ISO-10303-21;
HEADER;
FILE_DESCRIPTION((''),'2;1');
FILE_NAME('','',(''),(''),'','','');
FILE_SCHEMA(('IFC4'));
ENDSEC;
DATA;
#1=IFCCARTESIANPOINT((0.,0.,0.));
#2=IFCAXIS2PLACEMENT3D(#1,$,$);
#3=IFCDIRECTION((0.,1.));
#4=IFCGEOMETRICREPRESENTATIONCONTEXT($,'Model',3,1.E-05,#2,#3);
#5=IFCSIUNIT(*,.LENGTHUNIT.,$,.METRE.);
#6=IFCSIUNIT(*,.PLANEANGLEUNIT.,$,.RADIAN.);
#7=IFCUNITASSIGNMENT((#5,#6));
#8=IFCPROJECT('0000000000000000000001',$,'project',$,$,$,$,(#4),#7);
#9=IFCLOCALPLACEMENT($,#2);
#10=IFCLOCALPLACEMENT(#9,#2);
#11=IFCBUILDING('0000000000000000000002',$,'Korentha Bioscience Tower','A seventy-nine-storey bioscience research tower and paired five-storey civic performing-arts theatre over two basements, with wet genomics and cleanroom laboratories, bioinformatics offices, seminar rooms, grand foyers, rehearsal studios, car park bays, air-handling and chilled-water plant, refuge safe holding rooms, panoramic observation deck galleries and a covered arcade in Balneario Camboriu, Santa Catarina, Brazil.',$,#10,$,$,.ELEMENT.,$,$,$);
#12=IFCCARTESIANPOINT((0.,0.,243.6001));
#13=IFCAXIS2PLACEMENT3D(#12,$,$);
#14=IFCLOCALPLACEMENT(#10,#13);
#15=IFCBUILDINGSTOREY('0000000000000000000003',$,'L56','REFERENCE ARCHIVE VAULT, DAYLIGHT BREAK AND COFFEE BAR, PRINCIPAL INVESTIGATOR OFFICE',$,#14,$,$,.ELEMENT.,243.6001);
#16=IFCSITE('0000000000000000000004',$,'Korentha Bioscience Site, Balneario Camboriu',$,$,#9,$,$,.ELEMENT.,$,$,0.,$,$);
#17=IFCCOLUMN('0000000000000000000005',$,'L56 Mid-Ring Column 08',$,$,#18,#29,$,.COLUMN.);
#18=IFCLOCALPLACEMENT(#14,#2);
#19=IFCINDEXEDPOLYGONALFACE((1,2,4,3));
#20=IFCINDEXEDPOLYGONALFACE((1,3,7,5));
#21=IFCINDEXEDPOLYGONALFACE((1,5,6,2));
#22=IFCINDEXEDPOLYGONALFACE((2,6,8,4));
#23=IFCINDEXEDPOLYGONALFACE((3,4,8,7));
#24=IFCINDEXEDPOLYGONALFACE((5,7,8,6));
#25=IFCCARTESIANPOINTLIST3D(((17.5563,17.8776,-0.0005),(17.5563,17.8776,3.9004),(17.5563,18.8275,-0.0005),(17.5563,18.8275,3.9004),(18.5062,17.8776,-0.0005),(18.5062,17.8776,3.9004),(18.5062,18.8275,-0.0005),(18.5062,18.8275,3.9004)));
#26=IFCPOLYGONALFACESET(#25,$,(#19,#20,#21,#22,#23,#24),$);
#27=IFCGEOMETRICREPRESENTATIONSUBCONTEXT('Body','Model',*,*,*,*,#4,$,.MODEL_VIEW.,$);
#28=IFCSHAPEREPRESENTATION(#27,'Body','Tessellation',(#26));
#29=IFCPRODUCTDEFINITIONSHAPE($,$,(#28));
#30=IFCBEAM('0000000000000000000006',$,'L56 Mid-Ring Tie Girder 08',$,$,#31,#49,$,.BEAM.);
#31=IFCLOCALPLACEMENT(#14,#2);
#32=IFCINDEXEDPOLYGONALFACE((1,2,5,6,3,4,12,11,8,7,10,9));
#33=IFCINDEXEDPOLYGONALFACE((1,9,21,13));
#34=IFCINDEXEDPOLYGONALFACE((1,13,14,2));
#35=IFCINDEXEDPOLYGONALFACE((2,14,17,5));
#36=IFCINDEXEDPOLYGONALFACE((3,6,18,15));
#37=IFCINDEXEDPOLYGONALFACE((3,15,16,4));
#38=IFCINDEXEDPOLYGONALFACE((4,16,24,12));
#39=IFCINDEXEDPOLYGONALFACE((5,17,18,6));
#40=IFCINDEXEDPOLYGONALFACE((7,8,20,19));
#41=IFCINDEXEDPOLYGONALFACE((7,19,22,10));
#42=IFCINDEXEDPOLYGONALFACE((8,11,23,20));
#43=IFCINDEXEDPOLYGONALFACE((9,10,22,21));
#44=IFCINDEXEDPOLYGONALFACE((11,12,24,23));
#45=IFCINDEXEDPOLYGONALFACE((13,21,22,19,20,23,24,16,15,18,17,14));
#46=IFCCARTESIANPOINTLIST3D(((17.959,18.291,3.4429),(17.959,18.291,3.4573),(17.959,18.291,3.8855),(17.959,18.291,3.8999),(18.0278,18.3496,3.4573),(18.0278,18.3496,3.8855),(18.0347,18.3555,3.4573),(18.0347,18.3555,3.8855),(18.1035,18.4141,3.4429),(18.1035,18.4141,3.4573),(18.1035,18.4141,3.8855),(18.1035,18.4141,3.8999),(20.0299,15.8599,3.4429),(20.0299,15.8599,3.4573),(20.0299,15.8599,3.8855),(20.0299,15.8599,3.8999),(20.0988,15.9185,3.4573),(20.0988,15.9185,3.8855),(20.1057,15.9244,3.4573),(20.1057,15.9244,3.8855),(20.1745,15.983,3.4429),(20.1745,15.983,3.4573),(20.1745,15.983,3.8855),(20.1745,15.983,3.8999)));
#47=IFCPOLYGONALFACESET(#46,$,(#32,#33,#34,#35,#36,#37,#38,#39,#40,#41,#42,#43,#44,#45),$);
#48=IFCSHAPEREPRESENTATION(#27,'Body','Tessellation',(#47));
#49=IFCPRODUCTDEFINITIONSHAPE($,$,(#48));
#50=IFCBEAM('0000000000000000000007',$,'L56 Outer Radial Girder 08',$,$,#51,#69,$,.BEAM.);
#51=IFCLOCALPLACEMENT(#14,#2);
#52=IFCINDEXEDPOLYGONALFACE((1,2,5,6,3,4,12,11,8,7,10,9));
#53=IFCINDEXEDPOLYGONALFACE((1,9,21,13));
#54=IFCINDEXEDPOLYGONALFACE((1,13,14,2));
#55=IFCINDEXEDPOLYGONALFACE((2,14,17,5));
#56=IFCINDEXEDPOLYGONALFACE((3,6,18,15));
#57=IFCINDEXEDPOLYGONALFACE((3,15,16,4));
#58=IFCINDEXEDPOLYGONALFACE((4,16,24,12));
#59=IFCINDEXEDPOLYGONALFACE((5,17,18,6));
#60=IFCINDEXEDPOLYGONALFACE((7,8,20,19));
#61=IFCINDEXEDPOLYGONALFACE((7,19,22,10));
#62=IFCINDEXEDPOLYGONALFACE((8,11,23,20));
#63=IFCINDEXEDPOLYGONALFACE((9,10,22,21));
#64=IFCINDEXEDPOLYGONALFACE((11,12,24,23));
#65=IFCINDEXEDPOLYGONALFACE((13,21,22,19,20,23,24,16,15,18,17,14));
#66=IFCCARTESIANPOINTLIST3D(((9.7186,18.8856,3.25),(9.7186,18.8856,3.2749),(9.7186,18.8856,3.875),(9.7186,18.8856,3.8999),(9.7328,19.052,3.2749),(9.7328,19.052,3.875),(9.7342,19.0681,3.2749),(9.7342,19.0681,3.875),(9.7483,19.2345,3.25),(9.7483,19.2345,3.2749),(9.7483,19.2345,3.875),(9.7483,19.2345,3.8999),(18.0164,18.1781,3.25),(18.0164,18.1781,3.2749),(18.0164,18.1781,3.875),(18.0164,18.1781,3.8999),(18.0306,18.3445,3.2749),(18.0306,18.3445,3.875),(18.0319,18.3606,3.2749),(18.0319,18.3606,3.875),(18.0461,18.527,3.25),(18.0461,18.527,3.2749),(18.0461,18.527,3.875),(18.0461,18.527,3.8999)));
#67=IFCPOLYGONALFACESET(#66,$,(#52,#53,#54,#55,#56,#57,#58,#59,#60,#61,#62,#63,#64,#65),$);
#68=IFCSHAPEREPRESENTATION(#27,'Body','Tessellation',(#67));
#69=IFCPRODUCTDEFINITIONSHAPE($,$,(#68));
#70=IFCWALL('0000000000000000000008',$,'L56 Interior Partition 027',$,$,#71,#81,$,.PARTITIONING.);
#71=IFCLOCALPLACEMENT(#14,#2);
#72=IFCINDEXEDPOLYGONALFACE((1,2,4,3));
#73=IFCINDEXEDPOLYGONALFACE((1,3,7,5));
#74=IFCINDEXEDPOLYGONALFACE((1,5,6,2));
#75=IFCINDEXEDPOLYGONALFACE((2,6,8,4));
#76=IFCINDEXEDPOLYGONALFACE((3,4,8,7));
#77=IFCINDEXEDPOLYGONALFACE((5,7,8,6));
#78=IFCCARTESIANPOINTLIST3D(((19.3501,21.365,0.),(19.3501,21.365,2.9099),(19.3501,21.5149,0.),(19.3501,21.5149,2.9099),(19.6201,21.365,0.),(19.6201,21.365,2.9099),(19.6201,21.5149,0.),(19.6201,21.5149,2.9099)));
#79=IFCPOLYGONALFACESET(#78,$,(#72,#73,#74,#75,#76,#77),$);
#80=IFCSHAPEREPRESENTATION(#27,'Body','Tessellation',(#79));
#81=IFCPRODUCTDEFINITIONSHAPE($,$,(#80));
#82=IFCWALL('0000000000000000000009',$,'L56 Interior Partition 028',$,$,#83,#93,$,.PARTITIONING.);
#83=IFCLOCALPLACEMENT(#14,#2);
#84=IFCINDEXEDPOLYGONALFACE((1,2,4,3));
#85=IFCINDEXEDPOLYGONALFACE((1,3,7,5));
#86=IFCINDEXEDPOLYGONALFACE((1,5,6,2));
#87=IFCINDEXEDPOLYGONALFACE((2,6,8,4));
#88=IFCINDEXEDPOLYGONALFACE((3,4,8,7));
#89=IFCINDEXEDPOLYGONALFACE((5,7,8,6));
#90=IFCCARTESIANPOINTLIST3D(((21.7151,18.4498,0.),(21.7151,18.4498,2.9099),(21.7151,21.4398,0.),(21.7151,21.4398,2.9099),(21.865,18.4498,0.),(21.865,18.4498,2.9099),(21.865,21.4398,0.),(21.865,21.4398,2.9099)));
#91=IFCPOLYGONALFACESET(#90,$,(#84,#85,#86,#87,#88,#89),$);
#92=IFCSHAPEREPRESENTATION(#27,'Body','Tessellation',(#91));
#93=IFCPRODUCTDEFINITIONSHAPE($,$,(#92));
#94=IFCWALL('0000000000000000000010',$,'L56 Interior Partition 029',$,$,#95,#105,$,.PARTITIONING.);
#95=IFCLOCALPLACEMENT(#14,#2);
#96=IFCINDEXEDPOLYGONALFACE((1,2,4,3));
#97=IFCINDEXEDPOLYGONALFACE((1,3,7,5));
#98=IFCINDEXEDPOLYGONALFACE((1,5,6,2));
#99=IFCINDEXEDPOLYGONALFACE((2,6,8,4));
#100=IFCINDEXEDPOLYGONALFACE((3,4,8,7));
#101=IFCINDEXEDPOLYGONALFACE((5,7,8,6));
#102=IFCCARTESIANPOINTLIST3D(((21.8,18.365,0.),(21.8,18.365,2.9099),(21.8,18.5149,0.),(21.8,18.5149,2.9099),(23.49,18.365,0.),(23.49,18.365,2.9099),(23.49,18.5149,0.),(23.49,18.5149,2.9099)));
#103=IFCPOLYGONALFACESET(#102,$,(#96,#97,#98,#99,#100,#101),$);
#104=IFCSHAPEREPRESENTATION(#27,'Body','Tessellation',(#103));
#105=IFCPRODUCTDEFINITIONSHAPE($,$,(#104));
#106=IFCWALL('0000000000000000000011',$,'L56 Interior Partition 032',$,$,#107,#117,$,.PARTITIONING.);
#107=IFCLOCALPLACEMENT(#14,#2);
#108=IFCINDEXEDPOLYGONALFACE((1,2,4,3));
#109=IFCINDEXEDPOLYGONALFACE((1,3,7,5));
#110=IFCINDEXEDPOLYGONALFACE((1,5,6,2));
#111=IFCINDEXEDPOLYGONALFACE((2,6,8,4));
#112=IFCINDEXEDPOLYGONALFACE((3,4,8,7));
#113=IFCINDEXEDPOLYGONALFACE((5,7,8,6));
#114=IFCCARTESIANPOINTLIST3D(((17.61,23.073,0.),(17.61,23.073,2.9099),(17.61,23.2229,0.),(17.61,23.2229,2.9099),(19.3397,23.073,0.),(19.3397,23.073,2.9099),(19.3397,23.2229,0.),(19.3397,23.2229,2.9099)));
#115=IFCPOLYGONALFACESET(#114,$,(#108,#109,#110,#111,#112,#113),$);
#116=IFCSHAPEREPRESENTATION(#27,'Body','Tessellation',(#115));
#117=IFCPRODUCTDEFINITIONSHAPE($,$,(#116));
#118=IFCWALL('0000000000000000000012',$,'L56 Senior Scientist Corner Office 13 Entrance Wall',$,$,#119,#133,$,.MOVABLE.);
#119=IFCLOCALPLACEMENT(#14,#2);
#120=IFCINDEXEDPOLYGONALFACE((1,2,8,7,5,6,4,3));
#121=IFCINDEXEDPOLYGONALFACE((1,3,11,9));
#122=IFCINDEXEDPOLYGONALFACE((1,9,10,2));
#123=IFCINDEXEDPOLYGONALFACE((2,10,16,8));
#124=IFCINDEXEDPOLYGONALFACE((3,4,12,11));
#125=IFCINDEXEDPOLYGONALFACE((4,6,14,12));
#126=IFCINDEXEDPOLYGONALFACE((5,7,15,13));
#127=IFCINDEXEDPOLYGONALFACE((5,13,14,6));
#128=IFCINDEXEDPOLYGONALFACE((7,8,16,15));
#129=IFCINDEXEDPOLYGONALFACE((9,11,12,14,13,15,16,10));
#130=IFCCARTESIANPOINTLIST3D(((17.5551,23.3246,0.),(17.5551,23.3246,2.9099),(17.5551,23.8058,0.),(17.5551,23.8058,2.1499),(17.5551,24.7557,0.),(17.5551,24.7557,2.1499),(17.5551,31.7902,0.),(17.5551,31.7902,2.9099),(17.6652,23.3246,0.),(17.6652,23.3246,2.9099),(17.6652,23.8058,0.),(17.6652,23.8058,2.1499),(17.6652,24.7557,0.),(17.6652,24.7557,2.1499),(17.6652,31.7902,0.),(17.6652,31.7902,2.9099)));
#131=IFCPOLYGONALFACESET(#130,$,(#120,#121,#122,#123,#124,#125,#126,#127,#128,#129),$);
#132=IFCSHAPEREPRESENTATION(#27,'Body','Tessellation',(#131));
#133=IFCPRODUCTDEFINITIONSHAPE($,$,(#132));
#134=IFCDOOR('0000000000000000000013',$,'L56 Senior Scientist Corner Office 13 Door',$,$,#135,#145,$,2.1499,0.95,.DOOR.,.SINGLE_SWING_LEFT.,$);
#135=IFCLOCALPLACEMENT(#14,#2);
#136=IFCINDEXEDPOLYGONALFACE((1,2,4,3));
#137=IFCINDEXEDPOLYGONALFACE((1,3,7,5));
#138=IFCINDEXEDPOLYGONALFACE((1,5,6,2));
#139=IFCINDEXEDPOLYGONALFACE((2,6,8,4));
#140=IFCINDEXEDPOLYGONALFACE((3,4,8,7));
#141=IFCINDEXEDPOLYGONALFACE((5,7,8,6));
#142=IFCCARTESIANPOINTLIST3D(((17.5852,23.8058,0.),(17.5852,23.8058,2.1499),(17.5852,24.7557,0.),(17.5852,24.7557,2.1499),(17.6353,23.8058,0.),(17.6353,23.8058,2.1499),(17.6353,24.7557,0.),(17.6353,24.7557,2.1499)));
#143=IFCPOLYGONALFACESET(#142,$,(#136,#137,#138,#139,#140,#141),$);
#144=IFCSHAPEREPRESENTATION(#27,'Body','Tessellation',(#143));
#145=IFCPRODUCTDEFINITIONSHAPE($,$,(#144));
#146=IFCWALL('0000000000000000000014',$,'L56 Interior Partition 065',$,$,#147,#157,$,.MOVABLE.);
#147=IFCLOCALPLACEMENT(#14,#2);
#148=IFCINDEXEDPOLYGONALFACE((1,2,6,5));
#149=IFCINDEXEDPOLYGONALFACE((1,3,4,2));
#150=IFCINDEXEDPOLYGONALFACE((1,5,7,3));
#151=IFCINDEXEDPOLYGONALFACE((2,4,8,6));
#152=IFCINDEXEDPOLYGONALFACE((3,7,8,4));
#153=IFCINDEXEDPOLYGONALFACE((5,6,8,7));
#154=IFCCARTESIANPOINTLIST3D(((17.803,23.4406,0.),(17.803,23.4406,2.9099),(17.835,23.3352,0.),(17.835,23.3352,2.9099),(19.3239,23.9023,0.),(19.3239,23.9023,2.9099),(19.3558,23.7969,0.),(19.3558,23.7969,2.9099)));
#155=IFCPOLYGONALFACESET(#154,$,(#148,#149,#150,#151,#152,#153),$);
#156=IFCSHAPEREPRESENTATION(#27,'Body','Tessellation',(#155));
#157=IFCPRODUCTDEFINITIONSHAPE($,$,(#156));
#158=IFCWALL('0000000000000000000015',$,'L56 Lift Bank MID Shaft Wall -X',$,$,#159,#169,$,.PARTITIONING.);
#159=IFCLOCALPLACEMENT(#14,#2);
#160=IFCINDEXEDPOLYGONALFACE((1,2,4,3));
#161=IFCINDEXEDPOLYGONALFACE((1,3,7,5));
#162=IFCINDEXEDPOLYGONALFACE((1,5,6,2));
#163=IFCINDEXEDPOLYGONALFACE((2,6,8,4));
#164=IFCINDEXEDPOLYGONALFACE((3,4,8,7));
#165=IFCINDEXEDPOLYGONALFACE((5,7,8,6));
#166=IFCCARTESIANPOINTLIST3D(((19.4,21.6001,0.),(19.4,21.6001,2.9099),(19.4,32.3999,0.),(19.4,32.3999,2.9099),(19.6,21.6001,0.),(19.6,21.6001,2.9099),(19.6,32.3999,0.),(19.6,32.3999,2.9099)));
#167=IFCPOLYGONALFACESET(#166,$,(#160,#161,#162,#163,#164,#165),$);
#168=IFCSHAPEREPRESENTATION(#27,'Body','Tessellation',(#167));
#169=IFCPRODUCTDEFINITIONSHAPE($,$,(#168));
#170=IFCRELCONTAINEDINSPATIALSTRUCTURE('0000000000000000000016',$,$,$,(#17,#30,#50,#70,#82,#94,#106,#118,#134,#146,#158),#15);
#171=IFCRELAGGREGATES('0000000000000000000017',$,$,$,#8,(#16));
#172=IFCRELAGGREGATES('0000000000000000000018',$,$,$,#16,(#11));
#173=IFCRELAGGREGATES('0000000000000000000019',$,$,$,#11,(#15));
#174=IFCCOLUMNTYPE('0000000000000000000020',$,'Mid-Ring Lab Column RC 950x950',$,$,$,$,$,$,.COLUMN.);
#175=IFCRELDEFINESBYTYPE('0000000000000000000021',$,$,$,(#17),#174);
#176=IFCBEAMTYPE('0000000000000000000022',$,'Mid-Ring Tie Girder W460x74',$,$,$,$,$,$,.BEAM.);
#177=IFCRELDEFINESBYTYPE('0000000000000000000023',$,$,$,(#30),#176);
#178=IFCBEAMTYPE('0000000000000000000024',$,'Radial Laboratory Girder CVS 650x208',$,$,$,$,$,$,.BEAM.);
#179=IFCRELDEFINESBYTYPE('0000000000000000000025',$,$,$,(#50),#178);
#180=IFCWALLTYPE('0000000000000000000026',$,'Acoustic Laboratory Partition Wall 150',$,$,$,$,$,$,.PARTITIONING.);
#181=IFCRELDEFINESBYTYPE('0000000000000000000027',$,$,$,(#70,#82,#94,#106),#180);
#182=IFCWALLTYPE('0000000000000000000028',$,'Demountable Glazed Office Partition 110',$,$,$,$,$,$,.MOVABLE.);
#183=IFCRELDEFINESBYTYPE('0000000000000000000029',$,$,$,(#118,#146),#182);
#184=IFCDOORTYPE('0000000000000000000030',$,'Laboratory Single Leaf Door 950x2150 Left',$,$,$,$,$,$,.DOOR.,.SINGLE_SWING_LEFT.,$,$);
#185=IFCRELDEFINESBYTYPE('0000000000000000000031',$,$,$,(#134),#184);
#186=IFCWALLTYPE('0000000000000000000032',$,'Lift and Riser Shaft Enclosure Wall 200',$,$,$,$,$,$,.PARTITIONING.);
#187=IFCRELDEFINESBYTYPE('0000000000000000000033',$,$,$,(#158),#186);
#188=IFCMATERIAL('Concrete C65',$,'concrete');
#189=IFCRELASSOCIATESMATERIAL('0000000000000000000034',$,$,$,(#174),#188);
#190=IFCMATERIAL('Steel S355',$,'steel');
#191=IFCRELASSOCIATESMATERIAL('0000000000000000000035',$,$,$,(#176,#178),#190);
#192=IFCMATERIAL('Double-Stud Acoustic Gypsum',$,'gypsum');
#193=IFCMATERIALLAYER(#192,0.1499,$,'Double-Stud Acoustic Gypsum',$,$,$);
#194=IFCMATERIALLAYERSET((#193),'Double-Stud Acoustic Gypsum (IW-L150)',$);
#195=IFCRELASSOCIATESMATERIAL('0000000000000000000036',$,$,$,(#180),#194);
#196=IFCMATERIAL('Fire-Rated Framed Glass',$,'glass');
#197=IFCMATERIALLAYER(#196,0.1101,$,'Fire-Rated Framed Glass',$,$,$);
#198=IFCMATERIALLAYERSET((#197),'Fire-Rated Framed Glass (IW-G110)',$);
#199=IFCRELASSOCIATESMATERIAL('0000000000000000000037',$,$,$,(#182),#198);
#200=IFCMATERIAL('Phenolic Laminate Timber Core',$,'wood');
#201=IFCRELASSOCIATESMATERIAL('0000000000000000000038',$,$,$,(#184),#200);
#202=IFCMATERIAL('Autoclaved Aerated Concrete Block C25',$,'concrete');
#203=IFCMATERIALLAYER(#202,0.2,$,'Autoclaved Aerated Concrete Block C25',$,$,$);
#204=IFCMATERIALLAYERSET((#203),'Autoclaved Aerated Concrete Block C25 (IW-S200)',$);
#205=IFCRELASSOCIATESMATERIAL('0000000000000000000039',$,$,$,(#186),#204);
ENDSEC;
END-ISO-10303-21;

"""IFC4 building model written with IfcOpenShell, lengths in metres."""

from ifc_helpers import new_model, si_unit, direction, frame, frame_2d, origin, origin_2d, place, context, subcontext, project, spatial, rectangle, i_section, extrude, material, layer, layer_set, material_profile, profile_set, type_object, element, fill, save


model = new_model("IFC4")

# Units and contexts
model_context = context("Model", 3, precision=1e-05, world=origin(), true_north=direction((0.0, 1.0)))
body_context = subcontext(model_context, "Body", "Model", "MODEL_VIEW")
ifc_project = project(units=[si_unit("LENGTHUNIT", "METRE"), si_unit("PLANEANGLEUNIT", "RADIAN")], contexts=[model_context])

# Site, building, storey
site_placement = place(None, origin())
site = spatial("IfcSite", under=ifc_project, at=site_placement, Name="Korentha Bioscience Site, Balneario Camboriu", CompositionType="ELEMENT", RefElevation=0.0)
building_placement = place(site_placement, origin())
building = spatial("IfcBuilding", under=site, at=building_placement, Name="Korentha Bioscience Tower", Description="A seventy-nine-storey bioscience research tower and paired five-storey civic performing-arts theatre over two basements, with wet genomics and cleanroom laboratories, bioinformatics offices, seminar rooms, grand foyers, rehearsal studios, car park bays, air-handling and chilled-water plant, refuge safe holding rooms, panoramic observation deck galleries and a covered arcade in Balneario Camboriu, Santa Catarina, Brazil.", CompositionType="ELEMENT")
storey_placement = place(building_placement, frame((0.0, 0.0, 243.6001)))
storey = spatial("IfcBuildingStorey", under=building, at=storey_placement, Name="L56", Description="REFERENCE ARCHIVE VAULT, DAYLIGHT BREAK AND COFFEE BAR, PRINCIPAL INVESTIGATOR OFFICE", CompositionType="ELEMENT", Elevation=243.6001)

# Column
ifc_material_1 = material(Name="Concrete C65", Category="concrete")
ifc_material_profile_1 = material_profile(ifc_material_1, rectangle(XDim=0.95, YDim=0.95, at=origin_2d()), Name="Concrete C65")
ifc_profile_set_1 = profile_set([ifc_material_profile_1], Name="Concrete C65 (COL-MR09)")
column_type = type_object("IfcColumnType", Name="Mid-Ring Lab Column RC 950x950", PredefinedType="COLUMN", material=ifc_profile_set_1)
column_placement = place(storey_placement, frame((18.0312, 18.3525, -0.0005), z_axis=(0.0, 0.0, 1.0), x_axis=(1.0, 0.0, 0.0)))
element("IfcColumn", 1, at=column_placement, inside=storey, type_object=column_type, Name="L56 Mid-Ring Column 08", PredefinedType="COLUMN", context=body_context, shape_type="SweptSolid", body=[
    extrude(rectangle(XDim=0.95, YDim=0.95, at=origin_2d()), origin(), (0.0, 0.0, 1.0), 3.9009),
])

# Beams
ifc_material_2 = material(Name="Steel S355", Category="steel")
ifc_material_profile_2 = material_profile(ifc_material_2, i_section(OverallWidth=0.1899, OverallDepth=0.457, WebThickness=0.009, FlangeThickness=0.0144, at=origin_2d()), Name="Steel S355")
ifc_profile_set_2 = profile_set([ifc_material_profile_2], Name="Steel S355 (MB-460)")
beam_type_1 = type_object("IfcBeamType", Name="Mid-Ring Tie Girder W460x74", PredefinedType="BEAM", material=ifc_profile_set_2)
beam_1_placement = place(storey_placement, frame((18.0312, 18.3525, 3.6714), z_axis=(0.648478, -0.761233, 0.0), x_axis=(0.761233, 0.648478, 0.0)))
element("IfcBeam", 2, at=beam_1_placement, inside=storey, type_object=beam_type_1, Name="L56 Mid-Ring Tie Girder 08", PredefinedType="BEAM", context=body_context, shape_type="SweptSolid", body=[
    extrude(i_section(OverallWidth=0.1899, OverallDepth=0.457, WebThickness=0.009, FlangeThickness=0.0144, at=origin_2d()), origin(), (0.0, 0.0, 1.0), 3.1936),
])
ifc_material_profile_3 = material_profile(ifc_material_2, i_section(OverallWidth=0.3501, OverallDepth=0.6499, WebThickness=0.0161, FlangeThickness=0.0249, at=origin_2d()), Name="Steel S355")
ifc_profile_set_3 = profile_set([ifc_material_profile_3], Name="Steel S355 (RB-650)")
beam_type_2 = type_object("IfcBeamType", Name="Radial Laboratory Girder CVS 650x208", PredefinedType="BEAM", material=ifc_profile_set_3)
beam_2_placement = place(storey_placement, frame((18.0312, 18.3525, 3.575), z_axis=(-0.996385, 0.084957, 0.0), x_axis=(-0.084957, -0.996385, 0.0)))
element("IfcBeam", 3, at=beam_2_placement, inside=storey, type_object=beam_type_2, Name="L56 Outer Radial Girder 08", PredefinedType="BEAM", context=body_context, shape_type="SweptSolid", body=[
    extrude(i_section(OverallWidth=0.3501, OverallDepth=0.6499, WebThickness=0.0161, FlangeThickness=0.0249, at=origin_2d()), origin(), (0.0, 0.0, 1.0), 8.3279),
])

# Walls
ifc_material_3 = material(Name="Double-Stud Acoustic Gypsum", Category="gypsum")
ifc_layer_1 = layer(ifc_material_3, 0.1499, Name="Double-Stud Acoustic Gypsum")
ifc_layer_set_1 = layer_set([ifc_layer_1], Name="Double-Stud Acoustic Gypsum (IW-L150)")
wall_type_1 = type_object("IfcWallType", Name="Acoustic Laboratory Partition Wall 150", PredefinedType="PARTITIONING", material=ifc_layer_set_1)
wall_1_placement = place(storey_placement, frame((19.3501, 21.4399, 0.0), z_axis=(0.0, 0.0, 1.0), x_axis=(1.0, 0.0, 0.0)))
element("IfcWall", 4, at=wall_1_placement, inside=storey, type_object=wall_type_1, Name="L56 Interior Partition 027", PredefinedType="PARTITIONING", context=body_context, shape_type="SweptSolid", body=[
    extrude(rectangle(XDim=0.27, YDim=0.1499, at=frame_2d((0.135, 0.0))), origin(), (0.0, 0.0, 1.0), 2.9099),
])
wall_2_placement = place(storey_placement, frame((21.79, 21.4399, 0.0), z_axis=(0.0, 0.0, 1.0), x_axis=(0.0, -1.0, 0.0)))
element("IfcWall", 5, at=wall_2_placement, inside=storey, type_object=wall_type_1, Name="L56 Interior Partition 028", PredefinedType="PARTITIONING", context=body_context, shape_type="SweptSolid", body=[
    extrude(rectangle(XDim=2.99, YDim=0.1499, at=frame_2d((1.4951, 0.0))), origin(), (0.0, 0.0, 1.0), 2.9099),
])
wall_3_placement = place(storey_placement, frame((21.8, 18.4399, 0.0), z_axis=(0.0, 0.0, 1.0), x_axis=(1.0, 0.0, 0.0)))
element("IfcWall", 6, at=wall_3_placement, inside=storey, type_object=wall_type_1, Name="L56 Interior Partition 029", PredefinedType="PARTITIONING", context=body_context, shape_type="SweptSolid", body=[
    extrude(rectangle(XDim=1.6899, YDim=0.1499, at=frame_2d((0.845, 0.0))), origin(), (0.0, 0.0, 1.0), 2.9099),
])
wall_4_placement = place(storey_placement, frame((17.6101, 23.1479, 0.0), z_axis=(0.0, 0.0, 1.0), x_axis=(1.0, 0.0, 0.0)))
element("IfcWall", 7, at=wall_4_placement, inside=storey, type_object=wall_type_1, Name="L56 Interior Partition 032", PredefinedType="PARTITIONING", context=body_context, shape_type="SweptSolid", body=[
    extrude(rectangle(XDim=1.7297, YDim=0.1499, at=frame_2d((0.8647, 0.0))), origin(), (0.0, 0.0, 1.0), 2.9099),
])

# Wall, opening, door
ifc_material_4 = material(Name="Fire-Rated Framed Glass", Category="glass")
ifc_layer_2 = layer(ifc_material_4, 0.1101, Name="Fire-Rated Framed Glass")
ifc_layer_set_2 = layer_set([ifc_layer_2], Name="Fire-Rated Framed Glass (IW-G110)")
wall_type_2 = type_object("IfcWallType", Name="Demountable Glazed Office Partition 110", PredefinedType="MOVABLE", material=ifc_layer_set_2)
wall_5_placement = place(storey_placement, frame((17.6101, 23.3245, 0.0), z_axis=(0.0, 0.0, 1.0), x_axis=(0.0, 1.0, 0.0)))
wall_5 = element("IfcWall", 8, at=wall_5_placement, inside=storey, type_object=wall_type_2, Name="L56 Senior Scientist Corner Office 13 Entrance Wall", PredefinedType="MOVABLE", context=body_context, shape_type="SweptSolid", body=[
    extrude(rectangle(XDim=8.4656, YDim=0.1101, at=frame_2d((4.2329, 0.0))), origin(), (0.0, 0.0, 1.0), 2.9099),
])
opening_1_placement = place(wall_5_placement, frame((0.4812, 0.0, 0.0)))
opening_1 = element("IfcOpeningElement", 9, at=opening_1_placement, cuts=wall_5, PredefinedType="OPENING", context=body_context, shape_type="SweptSolid", body=[
    extrude(rectangle(XDim=0.95, YDim=2.1499, at=frame_2d((0.4751, 1.075))), frame((0.0, 0.0698, 0.0), z_axis=(0.0, -1.0, 0.0), x_axis=(1.0, 0.0, 0.0)), (0.0, 0.0, 1.0), 0.1399),
])
ifc_material_5 = material(Name="Phenolic Laminate Timber Core", Category="wood")
door_type_1 = type_object("IfcDoorType", Name="Laboratory Single Leaf Door 950x2150 Left", OperationType="SINGLE_SWING_LEFT", PredefinedType="DOOR", material=ifc_material_5)
door_1_placement = place(opening_1_placement, origin())
door_1 = element("IfcDoor", 10, at=door_1_placement, inside=storey, type_object=door_type_1, Name="L56 Senior Scientist Corner Office 13 Door", OperationType="SINGLE_SWING_LEFT", OverallHeight=2.1499, OverallWidth=0.95, PredefinedType="DOOR", context=body_context, shape_type="SweptSolid", body=[
    extrude(rectangle(XDim=0.95, YDim=2.1499, at=frame_2d((0.4751, 1.075))), frame((0.0, 0.0249, 0.0), z_axis=(0.0, -1.0, 0.0), x_axis=(1.0, 0.0, 0.0)), (0.0, 0.0, 1.0), 0.05),
])
fill(opening_1, door_1)

# Wall
wall_6_placement = place(storey_placement, frame((19.3398, 23.8496, 0.0), z_axis=(0.0, 0.0, 1.0), x_axis=(-0.956878, -0.290489, 0.0)))
element("IfcWall", 11, at=wall_6_placement, inside=storey, type_object=wall_type_2, Name="L56 Interior Partition 065", PredefinedType="MOVABLE", context=body_context, shape_type="SweptSolid", body=[
    extrude(rectangle(XDim=1.5894, YDim=0.1101, at=frame_2d((0.7947, 0.0))), origin(), (0.0, 0.0, 1.0), 2.9099),
])

# Wall
ifc_material_6 = material(Name="Autoclaved Aerated Concrete Block C25", Category="concrete")
ifc_layer_3 = layer(ifc_material_6, 0.2, Name="Autoclaved Aerated Concrete Block C25")
ifc_layer_set_3 = layer_set([ifc_layer_3], Name="Autoclaved Aerated Concrete Block C25 (IW-S200)")
wall_type_3 = type_object("IfcWallType", Name="Lift and Riser Shaft Enclosure Wall 200", PredefinedType="PARTITIONING", material=ifc_layer_set_3)
wall_7_placement = place(storey_placement, frame((19.5, 21.6001, 0.0), z_axis=(0.0, 0.0, 1.0), x_axis=(0.0, 1.0, 0.0)))
element("IfcWall", 12, at=wall_7_placement, inside=storey, type_object=wall_type_3, Name="L56 Lift Bank MID Shaft Wall -X", PredefinedType="PARTITIONING", context=body_context, shape_type="SweptSolid", body=[
    extrude(rectangle(XDim=10.7998, YDim=0.2, at=frame_2d((5.3999, 0.0))), origin(), (0.0, 0.0, 1.0), 2.9099),
])

save(model, "model.ifc")
